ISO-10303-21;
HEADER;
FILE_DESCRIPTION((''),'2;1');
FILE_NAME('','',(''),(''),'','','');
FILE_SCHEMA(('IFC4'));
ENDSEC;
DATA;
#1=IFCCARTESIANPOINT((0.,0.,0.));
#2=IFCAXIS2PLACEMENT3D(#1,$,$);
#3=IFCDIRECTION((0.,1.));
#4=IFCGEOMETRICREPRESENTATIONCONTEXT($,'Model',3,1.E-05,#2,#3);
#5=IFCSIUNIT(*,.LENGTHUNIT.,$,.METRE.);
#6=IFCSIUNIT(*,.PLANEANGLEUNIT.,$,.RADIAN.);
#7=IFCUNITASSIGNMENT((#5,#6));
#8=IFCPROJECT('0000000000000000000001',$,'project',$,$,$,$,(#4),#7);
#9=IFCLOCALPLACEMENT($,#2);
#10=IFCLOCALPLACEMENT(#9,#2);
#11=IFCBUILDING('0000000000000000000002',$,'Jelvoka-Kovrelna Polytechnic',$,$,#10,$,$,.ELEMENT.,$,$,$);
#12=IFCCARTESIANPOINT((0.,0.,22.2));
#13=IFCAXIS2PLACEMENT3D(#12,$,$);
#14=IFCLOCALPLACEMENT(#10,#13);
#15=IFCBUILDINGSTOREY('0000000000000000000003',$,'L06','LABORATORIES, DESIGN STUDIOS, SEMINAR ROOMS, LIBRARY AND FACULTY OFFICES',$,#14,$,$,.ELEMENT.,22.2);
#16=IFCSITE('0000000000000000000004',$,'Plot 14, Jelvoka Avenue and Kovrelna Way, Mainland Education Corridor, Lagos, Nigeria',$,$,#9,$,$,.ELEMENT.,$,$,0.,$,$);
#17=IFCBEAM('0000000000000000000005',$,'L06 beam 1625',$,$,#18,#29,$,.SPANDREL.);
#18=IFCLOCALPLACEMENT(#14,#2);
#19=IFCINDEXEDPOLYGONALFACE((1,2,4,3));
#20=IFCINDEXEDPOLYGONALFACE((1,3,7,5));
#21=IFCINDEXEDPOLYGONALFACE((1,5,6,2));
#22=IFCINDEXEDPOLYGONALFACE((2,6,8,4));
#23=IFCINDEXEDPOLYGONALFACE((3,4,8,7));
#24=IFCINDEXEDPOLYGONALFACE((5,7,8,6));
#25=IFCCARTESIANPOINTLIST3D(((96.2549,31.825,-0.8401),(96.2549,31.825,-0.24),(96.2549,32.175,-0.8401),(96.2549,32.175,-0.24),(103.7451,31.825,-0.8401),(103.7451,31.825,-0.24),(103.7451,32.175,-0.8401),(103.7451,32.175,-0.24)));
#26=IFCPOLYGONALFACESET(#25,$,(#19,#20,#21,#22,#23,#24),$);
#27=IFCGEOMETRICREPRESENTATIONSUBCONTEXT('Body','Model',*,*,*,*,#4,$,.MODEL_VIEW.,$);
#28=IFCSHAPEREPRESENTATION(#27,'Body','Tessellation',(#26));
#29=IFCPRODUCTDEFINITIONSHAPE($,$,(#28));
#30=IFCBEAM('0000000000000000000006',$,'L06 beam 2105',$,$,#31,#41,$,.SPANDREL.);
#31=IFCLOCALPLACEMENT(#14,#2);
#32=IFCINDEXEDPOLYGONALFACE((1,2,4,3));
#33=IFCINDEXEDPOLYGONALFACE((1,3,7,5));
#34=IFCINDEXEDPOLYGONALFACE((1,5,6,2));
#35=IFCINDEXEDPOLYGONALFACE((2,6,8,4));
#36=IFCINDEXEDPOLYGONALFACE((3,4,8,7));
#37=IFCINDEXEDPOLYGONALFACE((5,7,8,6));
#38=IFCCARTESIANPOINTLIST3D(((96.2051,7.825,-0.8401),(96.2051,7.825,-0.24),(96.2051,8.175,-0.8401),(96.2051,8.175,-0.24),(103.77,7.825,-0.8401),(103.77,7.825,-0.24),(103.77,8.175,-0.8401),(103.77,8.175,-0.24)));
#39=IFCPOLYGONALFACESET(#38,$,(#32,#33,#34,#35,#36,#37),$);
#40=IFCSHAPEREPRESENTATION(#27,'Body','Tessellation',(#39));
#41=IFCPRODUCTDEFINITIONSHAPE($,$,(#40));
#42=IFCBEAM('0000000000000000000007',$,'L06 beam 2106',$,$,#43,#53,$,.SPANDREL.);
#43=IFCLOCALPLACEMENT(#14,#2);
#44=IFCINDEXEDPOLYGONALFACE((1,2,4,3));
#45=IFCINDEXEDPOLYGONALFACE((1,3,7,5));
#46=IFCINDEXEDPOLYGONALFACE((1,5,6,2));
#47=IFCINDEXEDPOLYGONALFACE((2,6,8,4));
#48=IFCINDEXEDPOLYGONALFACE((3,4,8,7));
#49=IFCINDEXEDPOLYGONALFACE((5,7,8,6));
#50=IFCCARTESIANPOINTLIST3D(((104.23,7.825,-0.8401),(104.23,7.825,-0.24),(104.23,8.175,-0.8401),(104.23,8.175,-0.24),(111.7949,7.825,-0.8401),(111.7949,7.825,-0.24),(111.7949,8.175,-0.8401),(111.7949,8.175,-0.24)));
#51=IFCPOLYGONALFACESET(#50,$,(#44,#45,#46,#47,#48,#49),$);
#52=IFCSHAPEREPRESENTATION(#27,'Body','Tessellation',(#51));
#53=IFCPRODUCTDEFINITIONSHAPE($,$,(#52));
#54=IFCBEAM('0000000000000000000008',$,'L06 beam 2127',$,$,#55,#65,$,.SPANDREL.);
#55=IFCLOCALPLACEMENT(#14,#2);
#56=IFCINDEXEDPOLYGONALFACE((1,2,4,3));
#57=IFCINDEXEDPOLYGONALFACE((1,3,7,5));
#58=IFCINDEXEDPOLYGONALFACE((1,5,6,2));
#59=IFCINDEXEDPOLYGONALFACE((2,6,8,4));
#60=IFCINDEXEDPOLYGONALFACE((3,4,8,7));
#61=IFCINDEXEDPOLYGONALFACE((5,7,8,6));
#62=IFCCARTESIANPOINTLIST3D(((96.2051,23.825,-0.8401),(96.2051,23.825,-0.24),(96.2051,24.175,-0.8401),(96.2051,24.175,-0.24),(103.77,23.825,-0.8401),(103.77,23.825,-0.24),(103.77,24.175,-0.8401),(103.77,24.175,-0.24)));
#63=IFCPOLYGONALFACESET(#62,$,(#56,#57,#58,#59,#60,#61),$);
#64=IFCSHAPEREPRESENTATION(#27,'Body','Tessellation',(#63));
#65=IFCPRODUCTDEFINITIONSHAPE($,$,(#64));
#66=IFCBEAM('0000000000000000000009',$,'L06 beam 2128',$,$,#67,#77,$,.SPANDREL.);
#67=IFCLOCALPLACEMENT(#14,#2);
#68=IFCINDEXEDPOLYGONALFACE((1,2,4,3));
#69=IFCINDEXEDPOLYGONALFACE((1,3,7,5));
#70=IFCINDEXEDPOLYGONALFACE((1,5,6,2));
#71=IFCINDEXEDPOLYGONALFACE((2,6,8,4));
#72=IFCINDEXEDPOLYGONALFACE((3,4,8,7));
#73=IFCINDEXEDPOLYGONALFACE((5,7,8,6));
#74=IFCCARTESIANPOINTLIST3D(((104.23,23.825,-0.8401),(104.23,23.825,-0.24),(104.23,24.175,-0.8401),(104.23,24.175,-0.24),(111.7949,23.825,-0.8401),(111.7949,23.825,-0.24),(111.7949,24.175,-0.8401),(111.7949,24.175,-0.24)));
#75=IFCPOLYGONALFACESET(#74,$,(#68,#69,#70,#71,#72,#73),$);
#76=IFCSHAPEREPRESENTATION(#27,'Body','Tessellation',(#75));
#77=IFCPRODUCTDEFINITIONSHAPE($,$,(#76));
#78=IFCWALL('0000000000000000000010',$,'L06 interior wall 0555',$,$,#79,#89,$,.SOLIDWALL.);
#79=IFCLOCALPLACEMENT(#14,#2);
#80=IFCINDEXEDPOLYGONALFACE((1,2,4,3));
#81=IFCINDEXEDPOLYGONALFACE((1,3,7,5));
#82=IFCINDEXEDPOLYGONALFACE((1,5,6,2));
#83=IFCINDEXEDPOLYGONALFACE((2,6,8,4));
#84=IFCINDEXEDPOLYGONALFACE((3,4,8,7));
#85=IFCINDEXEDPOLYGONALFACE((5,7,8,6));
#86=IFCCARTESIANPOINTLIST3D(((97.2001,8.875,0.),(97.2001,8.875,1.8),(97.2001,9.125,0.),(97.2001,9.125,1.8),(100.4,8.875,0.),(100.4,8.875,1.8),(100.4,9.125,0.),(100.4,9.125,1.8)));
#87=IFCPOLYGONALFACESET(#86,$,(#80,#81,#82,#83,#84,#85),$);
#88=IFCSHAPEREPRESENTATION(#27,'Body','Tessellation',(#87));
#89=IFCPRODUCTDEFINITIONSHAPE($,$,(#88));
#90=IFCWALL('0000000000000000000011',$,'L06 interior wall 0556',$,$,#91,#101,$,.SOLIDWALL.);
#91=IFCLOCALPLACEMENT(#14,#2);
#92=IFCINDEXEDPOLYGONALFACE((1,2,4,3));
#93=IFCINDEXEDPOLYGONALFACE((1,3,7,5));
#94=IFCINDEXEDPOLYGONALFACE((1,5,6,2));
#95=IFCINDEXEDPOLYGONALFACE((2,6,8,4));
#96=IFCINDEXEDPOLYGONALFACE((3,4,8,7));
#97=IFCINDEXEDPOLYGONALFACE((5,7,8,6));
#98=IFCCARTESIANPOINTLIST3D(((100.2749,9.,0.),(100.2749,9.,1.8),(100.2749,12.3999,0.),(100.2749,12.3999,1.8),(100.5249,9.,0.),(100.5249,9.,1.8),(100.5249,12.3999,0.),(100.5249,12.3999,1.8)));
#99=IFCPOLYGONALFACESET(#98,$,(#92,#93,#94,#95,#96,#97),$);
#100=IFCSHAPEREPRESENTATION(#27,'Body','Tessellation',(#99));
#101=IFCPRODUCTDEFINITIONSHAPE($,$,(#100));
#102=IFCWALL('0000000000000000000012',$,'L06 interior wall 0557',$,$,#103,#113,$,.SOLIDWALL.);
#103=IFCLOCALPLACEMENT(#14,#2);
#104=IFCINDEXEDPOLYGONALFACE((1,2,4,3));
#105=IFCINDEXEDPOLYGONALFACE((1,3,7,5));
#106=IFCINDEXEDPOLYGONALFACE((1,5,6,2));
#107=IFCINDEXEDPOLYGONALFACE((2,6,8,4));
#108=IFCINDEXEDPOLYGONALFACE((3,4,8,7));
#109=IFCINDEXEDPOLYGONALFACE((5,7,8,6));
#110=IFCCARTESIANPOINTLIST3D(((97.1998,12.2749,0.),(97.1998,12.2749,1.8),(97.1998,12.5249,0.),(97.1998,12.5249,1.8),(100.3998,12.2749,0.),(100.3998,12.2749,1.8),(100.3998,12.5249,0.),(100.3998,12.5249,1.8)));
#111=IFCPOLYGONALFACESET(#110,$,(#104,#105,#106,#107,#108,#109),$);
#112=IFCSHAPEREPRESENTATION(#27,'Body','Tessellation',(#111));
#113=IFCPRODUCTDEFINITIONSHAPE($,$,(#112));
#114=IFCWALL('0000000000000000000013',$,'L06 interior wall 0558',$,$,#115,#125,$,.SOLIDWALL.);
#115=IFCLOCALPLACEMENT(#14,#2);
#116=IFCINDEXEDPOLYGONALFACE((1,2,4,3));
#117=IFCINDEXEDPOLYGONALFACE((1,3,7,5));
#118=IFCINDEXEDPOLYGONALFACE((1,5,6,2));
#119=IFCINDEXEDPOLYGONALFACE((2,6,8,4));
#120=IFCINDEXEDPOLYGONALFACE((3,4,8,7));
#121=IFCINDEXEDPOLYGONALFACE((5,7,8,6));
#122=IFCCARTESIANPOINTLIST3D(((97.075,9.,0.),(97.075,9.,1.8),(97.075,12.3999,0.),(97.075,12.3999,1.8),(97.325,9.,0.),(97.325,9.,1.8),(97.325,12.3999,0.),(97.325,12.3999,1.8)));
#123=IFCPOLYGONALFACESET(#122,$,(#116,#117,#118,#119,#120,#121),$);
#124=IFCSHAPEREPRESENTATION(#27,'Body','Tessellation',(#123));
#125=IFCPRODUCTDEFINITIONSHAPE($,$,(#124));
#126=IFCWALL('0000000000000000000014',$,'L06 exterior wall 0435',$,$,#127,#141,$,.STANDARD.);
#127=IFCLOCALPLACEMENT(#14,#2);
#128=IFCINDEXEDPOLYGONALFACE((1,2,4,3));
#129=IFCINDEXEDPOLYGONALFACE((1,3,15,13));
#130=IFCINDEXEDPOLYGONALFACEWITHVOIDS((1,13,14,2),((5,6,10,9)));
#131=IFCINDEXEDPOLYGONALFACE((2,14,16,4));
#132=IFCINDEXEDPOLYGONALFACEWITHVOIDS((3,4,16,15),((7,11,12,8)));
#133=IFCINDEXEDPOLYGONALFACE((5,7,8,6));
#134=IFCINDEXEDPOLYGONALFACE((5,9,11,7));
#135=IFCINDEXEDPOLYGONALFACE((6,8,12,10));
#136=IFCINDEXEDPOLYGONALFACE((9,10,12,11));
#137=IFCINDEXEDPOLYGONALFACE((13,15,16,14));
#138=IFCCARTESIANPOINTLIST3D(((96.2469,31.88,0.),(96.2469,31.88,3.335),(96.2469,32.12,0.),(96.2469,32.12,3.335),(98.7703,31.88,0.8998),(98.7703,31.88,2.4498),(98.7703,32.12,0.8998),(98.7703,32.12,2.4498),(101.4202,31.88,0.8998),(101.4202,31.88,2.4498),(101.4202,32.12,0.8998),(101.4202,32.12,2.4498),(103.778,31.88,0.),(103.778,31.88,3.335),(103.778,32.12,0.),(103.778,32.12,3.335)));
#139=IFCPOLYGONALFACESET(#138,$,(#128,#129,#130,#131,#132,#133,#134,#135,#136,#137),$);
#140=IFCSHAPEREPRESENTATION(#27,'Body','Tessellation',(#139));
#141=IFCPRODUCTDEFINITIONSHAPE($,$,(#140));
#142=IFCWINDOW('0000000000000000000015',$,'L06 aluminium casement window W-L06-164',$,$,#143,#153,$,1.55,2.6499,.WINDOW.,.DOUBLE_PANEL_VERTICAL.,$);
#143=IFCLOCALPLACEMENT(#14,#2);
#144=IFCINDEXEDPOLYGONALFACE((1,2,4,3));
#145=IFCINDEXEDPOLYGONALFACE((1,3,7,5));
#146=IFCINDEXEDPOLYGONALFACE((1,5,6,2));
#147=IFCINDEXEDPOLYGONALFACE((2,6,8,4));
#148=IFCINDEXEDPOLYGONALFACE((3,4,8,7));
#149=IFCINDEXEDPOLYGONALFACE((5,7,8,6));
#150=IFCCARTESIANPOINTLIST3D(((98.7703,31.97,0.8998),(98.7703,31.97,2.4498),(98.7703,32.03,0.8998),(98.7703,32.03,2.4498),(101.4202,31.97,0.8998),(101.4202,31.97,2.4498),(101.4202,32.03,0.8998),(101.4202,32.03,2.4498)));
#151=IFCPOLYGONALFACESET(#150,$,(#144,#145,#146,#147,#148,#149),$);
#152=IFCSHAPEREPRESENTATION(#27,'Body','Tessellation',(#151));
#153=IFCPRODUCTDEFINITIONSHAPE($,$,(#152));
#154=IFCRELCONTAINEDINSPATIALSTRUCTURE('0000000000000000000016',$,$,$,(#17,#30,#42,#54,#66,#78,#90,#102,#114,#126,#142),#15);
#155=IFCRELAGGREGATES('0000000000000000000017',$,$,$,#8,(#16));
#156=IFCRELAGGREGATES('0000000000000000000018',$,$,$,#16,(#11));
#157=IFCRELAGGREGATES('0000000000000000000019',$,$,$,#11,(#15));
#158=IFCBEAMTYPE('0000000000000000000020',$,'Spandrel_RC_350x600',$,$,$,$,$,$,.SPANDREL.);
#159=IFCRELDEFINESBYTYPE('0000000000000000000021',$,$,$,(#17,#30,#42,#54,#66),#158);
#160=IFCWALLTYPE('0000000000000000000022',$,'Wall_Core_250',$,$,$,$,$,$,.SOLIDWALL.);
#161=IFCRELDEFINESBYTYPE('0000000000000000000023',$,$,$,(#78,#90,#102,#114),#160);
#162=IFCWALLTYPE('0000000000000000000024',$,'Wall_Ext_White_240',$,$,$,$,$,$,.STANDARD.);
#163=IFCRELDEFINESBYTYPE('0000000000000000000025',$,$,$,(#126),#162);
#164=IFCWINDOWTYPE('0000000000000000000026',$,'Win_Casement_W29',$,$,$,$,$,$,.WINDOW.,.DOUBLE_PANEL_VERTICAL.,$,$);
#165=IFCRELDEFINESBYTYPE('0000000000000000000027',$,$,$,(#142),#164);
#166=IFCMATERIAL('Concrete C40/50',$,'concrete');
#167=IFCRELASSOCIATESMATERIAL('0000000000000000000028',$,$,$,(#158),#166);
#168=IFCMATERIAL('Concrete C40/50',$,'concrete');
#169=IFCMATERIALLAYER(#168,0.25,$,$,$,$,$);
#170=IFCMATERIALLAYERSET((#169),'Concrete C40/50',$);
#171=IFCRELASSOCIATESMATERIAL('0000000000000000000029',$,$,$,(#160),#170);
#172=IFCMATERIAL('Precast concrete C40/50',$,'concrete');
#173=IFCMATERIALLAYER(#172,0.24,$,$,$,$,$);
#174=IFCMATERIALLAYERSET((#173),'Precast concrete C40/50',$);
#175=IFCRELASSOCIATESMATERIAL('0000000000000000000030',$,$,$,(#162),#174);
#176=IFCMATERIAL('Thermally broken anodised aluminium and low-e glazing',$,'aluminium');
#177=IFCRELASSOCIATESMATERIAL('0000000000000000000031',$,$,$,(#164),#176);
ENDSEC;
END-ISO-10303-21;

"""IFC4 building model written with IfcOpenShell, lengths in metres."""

from ifc_helpers import new_model, si_unit, direction, frame, frame_2d, origin, origin_2d, place, context, subcontext, project, spatial, rectangle, extrude, material, layer, layer_set, material_profile, profile_set, type_object, element, fill, save


model = new_model("IFC4")

# Units and contexts
model_context = context("Model", 3, precision=1e-05, world=origin(), true_north=direction((0.0, 1.0)))
body_context = subcontext(model_context, "Body", "Model", "MODEL_VIEW")
ifc_project = project(units=[si_unit("LENGTHUNIT", "METRE"), si_unit("PLANEANGLEUNIT", "RADIAN")], contexts=[model_context])

# Site, building, storey
site_placement = place(None, origin())
site = spatial("IfcSite", under=ifc_project, at=site_placement, Name="Plot 14, Jelvoka Avenue and Kovrelna Way, Mainland Education Corridor, Lagos, Nigeria", CompositionType="ELEMENT", RefElevation=0.0)
building_placement = place(site_placement, origin())
building = spatial("IfcBuilding", under=site, at=building_placement, Name="Jelvoka-Kovrelna Polytechnic", CompositionType="ELEMENT")
storey_placement = place(building_placement, frame((0.0, 0.0, 22.2)))
storey = spatial("IfcBuildingStorey", under=building, at=storey_placement, Name="L06", Description="LABORATORIES, DESIGN STUDIOS, SEMINAR ROOMS, LIBRARY AND FACULTY OFFICES", CompositionType="ELEMENT", Elevation=22.2)

# Beams
ifc_material_1 = material(Name="Concrete C40/50", Category="concrete")
ifc_material_profile_1 = material_profile(ifc_material_1, rectangle(XDim=0.3501, YDim=0.6001, at=origin_2d()), Name="RC 350x600")
ifc_profile_set_1 = profile_set([ifc_material_profile_1], Name="Concrete C40/50")
beam_type_1 = type_object("IfcBeamType", Name="Spandrel_RC_350x600", PredefinedType="SPANDREL", material=ifc_profile_set_1)
beam_placement = place(storey_placement, frame((96.2549, 32.0, -0.54), z_axis=(1.0, 0.0, 0.0), x_axis=(0.0, 1.0, 0.0)))
element("IfcBeam", 1, at=beam_placement, inside=storey, type_object=beam_type_1, Name="L06 beam 1625", PredefinedType="SPANDREL", context=body_context, shape_type="SweptSolid", body=[
    extrude(rectangle(XDim=0.3501, YDim=0.6001, at=origin_2d()), origin(), (0.0, 0.0, 1.0), 7.4902),
])
for number, where, z_axis, x_axis, name in (
    (2, (96.2051, 8.0, -0.54), (1.0, 0.0, 0.0), (0.0, 1.0, 0.0), "L06 beam 2105"),
    (3, (104.23, 8.0, -0.54), (1.0, 0.0, 0.0), (0.0, 1.0, 0.0), "L06 beam 2106"),
    (4, (96.2051, 24.0, -0.54), (1.0, 0.0, 0.0), (0.0, 1.0, 0.0), "L06 beam 2127"),
    (5, (104.23, 24.0, -0.54), (1.0, 0.0, 0.0), (0.0, 1.0, 0.0), "L06 beam 2128"),
):
    element("IfcBeam", number, at=place(storey_placement, frame(where, z_axis=z_axis, x_axis=x_axis)), inside=storey, type_object=beam_type_1, Name=name, PredefinedType="SPANDREL", context=body_context, shape_type="SweptSolid", body=[
        extrude(rectangle(XDim=0.3501, YDim=0.6001, at=origin_2d()), origin(), (0.0, 0.0, 1.0), 7.5649),
    ])

# Walls
ifc_material_2 = material(Name="Concrete C40/50", Category="concrete")
ifc_layer_1 = layer(ifc_material_2, 0.25)
ifc_layer_set_1 = layer_set([ifc_layer_1], Name="Concrete C40/50")
wall_type_1 = type_object("IfcWallType", Name="Wall_Core_250", PredefinedType="SOLIDWALL", material=ifc_layer_set_1)
wall_1_placement = place(storey_placement, frame((97.2, 9.0, 0.0), z_axis=(0.0, 0.0, 1.0), x_axis=(1.0, 0.0, 0.0)))
element("IfcWall", 6, at=wall_1_placement, inside=storey, type_object=wall_type_1, Name="L06 interior wall 0555", PredefinedType="SOLIDWALL", context=body_context, shape_type="SweptSolid", body=[
    extrude(rectangle(XDim=3.2, YDim=0.25, at=frame_2d((1.6001, 0.0))), origin(), (0.0, 0.0, 1.0), 1.8),
])
wall_2_placement = place(storey_placement, frame((100.3999, 9.0, 0.0), z_axis=(0.0, 0.0, 1.0), x_axis=(0.0, 1.0, 0.0)))
element("IfcWall", 7, at=wall_2_placement, inside=storey, type_object=wall_type_1, Name="L06 interior wall 0556", PredefinedType="SOLIDWALL", context=body_context, shape_type="SweptSolid", body=[
    extrude(rectangle(XDim=3.3999, YDim=0.25, at=frame_2d((1.7, 0.0))), origin(), (0.0, 0.0, 1.0), 1.8),
])
wall_3_placement = place(storey_placement, frame((100.3999, 12.3999, 0.0), z_axis=(0.0, 0.0, 1.0), x_axis=(-1.0, 0.0, 0.0)))
element("IfcWall", 8, at=wall_3_placement, inside=storey, type_object=wall_type_1, Name="L06 interior wall 0557", PredefinedType="SOLIDWALL", context=body_context, shape_type="SweptSolid", body=[
    extrude(rectangle(XDim=3.2, YDim=0.25, at=frame_2d((1.6001, 0.0))), origin(), (0.0, 0.0, 1.0), 1.8),
])
wall_4_placement = place(storey_placement, frame((97.2, 12.3999, 0.0), z_axis=(0.0, 0.0, 1.0), x_axis=(0.0, -1.0, 0.0)))
element("IfcWall", 9, at=wall_4_placement, inside=storey, type_object=wall_type_1, Name="L06 interior wall 0558", PredefinedType="SOLIDWALL", context=body_context, shape_type="SweptSolid", body=[
    extrude(rectangle(XDim=3.3999, YDim=0.25, at=frame_2d((1.7, 0.0))), origin(), (0.0, 0.0, 1.0), 1.8),
])

# Wall, opening, window
ifc_material_3 = material(Name="Precast concrete C40/50", Category="concrete")
ifc_layer_2 = layer(ifc_material_3, 0.24)
ifc_layer_set_2 = layer_set([ifc_layer_2], Name="Precast concrete C40/50")
wall_type_2 = type_object("IfcWallType", Name="Wall_Ext_White_240", PredefinedType="STANDARD", material=ifc_layer_set_2)
wall_5_placement = place(storey_placement, frame((103.7781, 32.0, 0.0), z_axis=(0.0, 0.0, 1.0), x_axis=(-1.0, 0.0, 0.0)))
wall_5 = element("IfcWall", 10, at=wall_5_placement, inside=storey, type_object=wall_type_2, Name="L06 exterior wall 0435", PredefinedType="STANDARD", context=body_context, shape_type="SweptSolid", body=[
    extrude(rectangle(XDim=7.531, YDim=0.24, at=frame_2d((3.7656, 0.0))), origin(), (0.0, 0.0, 1.0), 3.335),
])
opening_placement = place(wall_5_placement, frame((2.3579, 0.0, 0.8999)))
opening = element("IfcOpeningElement", 11, at=opening_placement, cuts=wall_5, PredefinedType="OPENING", context=body_context, shape_type="SweptSolid", body=[
    extrude(rectangle(XDim=2.6499, YDim=1.55, at=frame_2d((1.325, 0.7749))), frame((0.0, 0.1301, 0.0), z_axis=(0.0, -1.0, 0.0), x_axis=(1.0, 0.0, 0.0)), (0.0, 0.0, 1.0), 0.26),
])
ifc_material_4 = material(Name="Thermally broken anodised aluminium and low-e glazing", Category="aluminium")
window_type = type_object("IfcWindowType", Name="Win_Casement_W29", PartitioningType="DOUBLE_PANEL_VERTICAL", PredefinedType="WINDOW", material=ifc_material_4)
window_placement = place(opening_placement, origin())
window = element("IfcWindow", 12, at=window_placement, inside=storey, type_object=window_type, Name="L06 aluminium casement window W-L06-164", OverallHeight=1.55, OverallWidth=2.6499, PartitioningType="DOUBLE_PANEL_VERTICAL", PredefinedType="WINDOW", context=body_context, shape_type="SweptSolid", body=[
    extrude(rectangle(XDim=2.6499, YDim=1.55, at=frame_2d((1.325, 0.7749))), frame((0.0, 0.03, 0.0), z_axis=(0.0, -1.0, 0.0), x_axis=(1.0, 0.0, 0.0)), (0.0, 0.0, 1.0), 0.0601),
])
fill(opening, window)

save(model, "model.ifc")
